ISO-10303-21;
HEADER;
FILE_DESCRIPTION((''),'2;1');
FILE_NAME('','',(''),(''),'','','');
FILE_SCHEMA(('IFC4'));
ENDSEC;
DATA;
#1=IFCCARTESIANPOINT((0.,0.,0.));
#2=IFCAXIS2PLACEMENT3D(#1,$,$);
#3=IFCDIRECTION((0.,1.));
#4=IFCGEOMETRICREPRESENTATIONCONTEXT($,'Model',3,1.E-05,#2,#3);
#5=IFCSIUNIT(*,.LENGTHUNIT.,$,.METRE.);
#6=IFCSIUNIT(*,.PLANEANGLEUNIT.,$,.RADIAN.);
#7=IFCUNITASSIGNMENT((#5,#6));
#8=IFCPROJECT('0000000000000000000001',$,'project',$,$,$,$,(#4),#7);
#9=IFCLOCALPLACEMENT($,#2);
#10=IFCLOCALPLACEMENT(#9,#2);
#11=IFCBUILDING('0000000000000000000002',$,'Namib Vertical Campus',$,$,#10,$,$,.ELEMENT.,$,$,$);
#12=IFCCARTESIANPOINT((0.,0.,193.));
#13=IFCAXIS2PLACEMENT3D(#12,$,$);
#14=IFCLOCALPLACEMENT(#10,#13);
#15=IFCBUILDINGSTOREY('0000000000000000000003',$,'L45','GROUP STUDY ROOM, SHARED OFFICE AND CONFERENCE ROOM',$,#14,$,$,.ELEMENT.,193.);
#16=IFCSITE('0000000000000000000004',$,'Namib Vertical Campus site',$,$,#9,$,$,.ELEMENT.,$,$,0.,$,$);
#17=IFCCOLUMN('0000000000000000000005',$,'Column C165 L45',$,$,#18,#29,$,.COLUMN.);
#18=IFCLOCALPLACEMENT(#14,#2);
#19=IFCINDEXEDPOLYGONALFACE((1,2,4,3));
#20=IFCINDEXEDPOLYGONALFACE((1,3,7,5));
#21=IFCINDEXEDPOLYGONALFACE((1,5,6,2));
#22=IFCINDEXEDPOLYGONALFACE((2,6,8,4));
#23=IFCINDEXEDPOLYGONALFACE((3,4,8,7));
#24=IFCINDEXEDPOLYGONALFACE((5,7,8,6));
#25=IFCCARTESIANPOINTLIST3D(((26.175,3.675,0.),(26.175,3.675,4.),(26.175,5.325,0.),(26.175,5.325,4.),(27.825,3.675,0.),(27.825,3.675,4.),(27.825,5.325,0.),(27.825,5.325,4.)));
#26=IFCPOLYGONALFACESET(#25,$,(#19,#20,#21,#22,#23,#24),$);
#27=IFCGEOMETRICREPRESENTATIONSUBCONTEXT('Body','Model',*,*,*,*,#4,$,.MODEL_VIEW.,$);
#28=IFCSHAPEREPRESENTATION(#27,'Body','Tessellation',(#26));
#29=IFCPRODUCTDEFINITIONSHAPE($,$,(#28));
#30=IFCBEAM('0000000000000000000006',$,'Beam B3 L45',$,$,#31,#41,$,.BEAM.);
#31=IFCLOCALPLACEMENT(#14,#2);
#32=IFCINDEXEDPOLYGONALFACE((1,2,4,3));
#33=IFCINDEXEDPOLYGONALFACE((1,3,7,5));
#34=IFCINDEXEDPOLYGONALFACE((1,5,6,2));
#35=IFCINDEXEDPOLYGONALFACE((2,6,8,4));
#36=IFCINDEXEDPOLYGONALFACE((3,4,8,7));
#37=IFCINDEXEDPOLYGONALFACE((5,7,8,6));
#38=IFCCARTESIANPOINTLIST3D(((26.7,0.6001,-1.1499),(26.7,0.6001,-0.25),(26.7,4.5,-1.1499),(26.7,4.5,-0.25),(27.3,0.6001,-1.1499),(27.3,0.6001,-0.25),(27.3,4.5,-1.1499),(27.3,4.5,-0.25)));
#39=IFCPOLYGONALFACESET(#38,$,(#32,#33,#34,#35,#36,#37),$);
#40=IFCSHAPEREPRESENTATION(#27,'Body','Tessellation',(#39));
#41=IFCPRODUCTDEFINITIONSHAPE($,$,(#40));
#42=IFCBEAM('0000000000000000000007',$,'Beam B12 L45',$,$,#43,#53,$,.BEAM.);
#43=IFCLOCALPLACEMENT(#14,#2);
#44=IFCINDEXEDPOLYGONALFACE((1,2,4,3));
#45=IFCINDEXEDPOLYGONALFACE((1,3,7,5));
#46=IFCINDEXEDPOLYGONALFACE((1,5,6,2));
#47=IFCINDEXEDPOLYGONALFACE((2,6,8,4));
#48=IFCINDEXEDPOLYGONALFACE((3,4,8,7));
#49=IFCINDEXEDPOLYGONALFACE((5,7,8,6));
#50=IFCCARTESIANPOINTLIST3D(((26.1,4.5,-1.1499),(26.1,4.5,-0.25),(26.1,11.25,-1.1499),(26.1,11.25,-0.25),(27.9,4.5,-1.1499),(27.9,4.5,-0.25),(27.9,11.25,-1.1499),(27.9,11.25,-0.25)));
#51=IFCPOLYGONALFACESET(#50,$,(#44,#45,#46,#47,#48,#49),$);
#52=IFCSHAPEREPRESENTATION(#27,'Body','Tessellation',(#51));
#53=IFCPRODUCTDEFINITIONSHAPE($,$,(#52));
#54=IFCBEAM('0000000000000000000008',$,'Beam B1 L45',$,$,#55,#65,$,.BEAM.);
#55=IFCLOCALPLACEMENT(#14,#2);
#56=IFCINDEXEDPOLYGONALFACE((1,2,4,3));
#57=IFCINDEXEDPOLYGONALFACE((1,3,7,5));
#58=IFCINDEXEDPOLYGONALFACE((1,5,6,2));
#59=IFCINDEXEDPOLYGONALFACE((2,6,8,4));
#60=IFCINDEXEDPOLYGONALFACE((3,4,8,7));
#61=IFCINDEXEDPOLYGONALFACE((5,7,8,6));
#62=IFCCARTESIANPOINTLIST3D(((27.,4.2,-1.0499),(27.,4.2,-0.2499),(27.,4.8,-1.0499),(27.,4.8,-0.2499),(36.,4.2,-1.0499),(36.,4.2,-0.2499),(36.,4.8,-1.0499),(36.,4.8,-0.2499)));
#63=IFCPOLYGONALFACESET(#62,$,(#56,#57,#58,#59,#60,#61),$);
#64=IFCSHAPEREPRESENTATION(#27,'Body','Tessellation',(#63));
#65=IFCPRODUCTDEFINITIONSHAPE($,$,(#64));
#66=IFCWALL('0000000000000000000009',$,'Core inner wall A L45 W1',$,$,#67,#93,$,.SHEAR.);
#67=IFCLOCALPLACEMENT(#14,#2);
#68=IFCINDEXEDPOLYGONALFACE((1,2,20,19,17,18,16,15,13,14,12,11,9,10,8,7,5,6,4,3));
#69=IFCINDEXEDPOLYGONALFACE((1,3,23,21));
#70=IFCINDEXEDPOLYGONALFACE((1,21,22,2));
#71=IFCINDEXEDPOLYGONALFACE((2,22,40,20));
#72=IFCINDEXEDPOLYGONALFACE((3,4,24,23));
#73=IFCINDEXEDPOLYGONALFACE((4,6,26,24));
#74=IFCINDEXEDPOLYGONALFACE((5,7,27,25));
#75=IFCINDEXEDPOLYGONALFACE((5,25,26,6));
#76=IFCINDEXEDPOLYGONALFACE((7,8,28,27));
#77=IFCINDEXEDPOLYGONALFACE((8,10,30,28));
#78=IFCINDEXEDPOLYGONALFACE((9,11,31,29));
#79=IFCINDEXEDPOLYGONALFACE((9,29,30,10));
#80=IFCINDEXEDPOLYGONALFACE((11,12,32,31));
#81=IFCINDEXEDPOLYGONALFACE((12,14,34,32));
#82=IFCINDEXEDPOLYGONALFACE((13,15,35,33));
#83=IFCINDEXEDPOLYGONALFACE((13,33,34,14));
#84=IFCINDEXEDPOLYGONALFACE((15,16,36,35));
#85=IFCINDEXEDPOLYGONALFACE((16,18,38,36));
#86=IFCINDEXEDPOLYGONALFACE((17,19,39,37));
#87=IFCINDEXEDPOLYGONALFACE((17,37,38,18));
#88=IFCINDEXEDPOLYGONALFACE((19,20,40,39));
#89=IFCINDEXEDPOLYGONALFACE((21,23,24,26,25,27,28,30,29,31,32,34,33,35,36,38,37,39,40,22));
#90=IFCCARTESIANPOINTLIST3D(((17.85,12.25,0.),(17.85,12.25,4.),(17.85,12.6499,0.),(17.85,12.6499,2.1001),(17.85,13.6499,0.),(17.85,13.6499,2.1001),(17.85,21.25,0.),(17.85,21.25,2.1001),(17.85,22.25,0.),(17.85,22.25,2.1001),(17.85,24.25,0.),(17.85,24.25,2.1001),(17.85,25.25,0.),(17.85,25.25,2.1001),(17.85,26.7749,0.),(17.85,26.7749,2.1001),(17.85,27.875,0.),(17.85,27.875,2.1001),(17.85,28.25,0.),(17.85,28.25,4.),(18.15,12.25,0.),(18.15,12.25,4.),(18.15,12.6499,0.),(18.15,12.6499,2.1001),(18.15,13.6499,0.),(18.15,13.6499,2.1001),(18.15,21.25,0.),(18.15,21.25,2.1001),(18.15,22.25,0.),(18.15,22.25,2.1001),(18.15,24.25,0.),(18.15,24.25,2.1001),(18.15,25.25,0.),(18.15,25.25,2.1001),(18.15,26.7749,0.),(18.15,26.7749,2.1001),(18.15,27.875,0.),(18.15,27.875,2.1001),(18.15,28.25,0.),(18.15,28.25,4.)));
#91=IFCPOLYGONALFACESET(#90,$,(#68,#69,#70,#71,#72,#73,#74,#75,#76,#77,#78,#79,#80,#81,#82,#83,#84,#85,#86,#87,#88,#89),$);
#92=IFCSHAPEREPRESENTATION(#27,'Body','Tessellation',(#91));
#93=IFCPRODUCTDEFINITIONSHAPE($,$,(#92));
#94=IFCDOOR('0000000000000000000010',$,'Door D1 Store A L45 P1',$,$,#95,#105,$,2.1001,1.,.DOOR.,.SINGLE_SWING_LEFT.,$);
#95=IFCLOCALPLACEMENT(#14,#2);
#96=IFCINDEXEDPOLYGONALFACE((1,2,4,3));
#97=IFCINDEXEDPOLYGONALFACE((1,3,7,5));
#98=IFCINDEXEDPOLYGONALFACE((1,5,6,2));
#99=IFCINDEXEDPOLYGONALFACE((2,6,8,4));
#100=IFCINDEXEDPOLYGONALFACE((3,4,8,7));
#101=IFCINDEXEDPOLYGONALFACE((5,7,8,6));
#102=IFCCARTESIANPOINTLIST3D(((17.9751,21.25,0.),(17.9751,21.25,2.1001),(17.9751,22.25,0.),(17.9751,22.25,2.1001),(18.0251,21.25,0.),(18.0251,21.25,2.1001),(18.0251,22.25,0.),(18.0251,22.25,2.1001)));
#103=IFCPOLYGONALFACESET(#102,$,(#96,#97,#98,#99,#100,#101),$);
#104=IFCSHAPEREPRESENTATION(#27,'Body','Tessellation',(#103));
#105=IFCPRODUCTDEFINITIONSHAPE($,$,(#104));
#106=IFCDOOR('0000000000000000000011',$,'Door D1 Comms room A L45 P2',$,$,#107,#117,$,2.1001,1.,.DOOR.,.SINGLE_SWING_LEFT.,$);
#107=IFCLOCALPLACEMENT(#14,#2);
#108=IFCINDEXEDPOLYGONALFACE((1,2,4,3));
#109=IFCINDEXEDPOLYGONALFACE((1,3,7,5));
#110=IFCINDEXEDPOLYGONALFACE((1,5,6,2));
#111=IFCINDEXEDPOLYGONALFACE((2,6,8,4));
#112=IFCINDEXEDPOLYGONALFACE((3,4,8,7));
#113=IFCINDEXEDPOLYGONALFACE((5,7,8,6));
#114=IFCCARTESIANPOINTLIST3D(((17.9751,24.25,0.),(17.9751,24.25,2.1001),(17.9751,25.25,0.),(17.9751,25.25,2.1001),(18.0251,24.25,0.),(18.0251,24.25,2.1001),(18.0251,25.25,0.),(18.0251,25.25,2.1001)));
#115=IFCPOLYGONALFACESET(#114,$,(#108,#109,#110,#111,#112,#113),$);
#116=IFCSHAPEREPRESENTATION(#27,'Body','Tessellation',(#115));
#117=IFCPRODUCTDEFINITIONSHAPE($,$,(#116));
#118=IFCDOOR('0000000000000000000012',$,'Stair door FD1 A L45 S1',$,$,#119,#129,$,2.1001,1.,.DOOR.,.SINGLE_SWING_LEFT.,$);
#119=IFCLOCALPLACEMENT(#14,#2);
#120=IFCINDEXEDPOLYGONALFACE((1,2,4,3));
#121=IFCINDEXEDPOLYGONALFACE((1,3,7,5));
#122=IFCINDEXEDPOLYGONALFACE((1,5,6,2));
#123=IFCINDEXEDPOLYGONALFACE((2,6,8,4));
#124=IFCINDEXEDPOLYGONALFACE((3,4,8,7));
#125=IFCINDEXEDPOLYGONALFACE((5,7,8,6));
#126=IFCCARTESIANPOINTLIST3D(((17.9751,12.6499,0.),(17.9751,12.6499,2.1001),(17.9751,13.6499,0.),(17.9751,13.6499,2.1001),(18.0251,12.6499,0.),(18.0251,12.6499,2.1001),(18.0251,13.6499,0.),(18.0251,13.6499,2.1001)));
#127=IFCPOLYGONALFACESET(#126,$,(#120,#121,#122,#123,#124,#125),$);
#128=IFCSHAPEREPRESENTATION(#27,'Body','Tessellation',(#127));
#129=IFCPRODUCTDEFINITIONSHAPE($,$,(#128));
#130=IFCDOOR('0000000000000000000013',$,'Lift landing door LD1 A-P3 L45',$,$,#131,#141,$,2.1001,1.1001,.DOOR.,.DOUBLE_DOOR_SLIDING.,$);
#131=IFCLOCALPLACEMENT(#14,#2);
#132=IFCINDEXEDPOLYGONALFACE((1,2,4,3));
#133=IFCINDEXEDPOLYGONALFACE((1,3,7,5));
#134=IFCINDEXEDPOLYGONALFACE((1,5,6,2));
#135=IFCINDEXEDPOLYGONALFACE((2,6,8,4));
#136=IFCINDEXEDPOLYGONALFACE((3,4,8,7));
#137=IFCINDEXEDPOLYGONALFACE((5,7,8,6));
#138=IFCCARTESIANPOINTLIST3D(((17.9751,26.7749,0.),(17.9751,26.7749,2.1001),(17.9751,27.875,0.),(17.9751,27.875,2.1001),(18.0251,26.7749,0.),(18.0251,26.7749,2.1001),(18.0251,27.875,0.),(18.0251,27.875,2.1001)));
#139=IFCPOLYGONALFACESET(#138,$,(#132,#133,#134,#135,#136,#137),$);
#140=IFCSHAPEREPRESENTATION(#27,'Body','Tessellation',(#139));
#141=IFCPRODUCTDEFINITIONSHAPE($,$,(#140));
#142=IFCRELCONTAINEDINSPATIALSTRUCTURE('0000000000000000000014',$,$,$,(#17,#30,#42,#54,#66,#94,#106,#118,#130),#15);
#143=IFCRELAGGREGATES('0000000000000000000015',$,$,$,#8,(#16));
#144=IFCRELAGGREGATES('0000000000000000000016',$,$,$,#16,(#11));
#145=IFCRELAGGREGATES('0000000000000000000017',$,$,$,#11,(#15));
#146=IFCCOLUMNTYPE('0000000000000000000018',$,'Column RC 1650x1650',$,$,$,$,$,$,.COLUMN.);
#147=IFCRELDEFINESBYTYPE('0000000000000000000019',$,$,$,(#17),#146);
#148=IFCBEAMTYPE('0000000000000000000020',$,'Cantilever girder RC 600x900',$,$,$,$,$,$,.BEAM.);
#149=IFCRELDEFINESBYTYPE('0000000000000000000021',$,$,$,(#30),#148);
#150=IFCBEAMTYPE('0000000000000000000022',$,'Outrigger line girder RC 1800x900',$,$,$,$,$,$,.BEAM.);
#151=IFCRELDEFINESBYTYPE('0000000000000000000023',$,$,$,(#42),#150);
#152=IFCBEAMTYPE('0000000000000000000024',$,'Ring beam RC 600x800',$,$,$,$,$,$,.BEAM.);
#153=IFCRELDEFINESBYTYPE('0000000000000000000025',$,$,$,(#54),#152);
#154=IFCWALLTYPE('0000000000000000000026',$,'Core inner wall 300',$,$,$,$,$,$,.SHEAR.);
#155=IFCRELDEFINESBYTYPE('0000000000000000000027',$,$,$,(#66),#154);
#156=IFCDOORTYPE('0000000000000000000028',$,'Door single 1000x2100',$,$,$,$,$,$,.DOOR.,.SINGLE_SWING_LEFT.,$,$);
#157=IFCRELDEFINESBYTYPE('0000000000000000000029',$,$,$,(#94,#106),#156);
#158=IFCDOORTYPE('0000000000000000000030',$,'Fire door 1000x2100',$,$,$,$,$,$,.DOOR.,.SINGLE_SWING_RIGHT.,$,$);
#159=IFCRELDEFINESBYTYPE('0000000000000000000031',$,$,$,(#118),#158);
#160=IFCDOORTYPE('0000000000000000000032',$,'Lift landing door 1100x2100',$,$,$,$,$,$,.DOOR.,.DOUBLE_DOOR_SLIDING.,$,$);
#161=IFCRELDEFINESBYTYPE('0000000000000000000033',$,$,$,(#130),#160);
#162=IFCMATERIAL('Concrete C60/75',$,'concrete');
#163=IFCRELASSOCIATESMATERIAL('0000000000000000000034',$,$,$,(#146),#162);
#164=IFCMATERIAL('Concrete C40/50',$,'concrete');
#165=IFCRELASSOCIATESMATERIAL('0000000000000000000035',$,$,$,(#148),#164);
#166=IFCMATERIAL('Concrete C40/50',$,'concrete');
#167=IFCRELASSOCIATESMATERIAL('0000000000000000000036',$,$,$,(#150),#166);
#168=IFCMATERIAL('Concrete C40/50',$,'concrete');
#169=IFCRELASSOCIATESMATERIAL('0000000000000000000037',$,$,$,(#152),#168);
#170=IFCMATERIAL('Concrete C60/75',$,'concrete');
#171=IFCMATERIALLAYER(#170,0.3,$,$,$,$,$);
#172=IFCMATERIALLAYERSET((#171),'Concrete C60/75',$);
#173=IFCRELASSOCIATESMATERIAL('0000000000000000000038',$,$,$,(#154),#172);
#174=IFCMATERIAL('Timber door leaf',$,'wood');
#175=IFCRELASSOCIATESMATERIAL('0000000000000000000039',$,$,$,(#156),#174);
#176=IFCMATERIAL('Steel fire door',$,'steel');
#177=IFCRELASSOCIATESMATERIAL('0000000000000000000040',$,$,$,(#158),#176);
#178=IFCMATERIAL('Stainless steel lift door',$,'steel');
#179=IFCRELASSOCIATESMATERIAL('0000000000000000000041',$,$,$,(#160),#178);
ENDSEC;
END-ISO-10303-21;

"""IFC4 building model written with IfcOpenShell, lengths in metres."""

from ifc_helpers import new_model, si_unit, direction, frame, frame_2d, origin, origin_2d, place, context, subcontext, project, spatial, rectangle, extrude, material, layer, layer_set, material_profile, profile_set, type_object, element, fill, save


model = new_model("IFC4")

# Units and contexts
model_context = context("Model", 3, precision=1e-05, world=origin(), true_north=direction((0.0, 1.0)))
body_context = subcontext(model_context, "Body", "Model", "MODEL_VIEW")
ifc_project = project(units=[si_unit("LENGTHUNIT", "METRE"), si_unit("PLANEANGLEUNIT", "RADIAN")], contexts=[model_context])

# Site, building, storey
site_placement = place(None, origin())
site = spatial("IfcSite", under=ifc_project, at=site_placement, Name="Namib Vertical Campus site", CompositionType="ELEMENT", RefElevation=0.0)
building_placement = place(site_placement, origin())
building = spatial("IfcBuilding", under=site, at=building_placement, Name="Namib Vertical Campus", CompositionType="ELEMENT")
storey_placement = place(building_placement, frame((0.0, 0.0, 193.0)))
storey = spatial("IfcBuildingStorey", under=building, at=storey_placement, Name="L45", Description="GROUP STUDY ROOM, SHARED OFFICE AND CONFERENCE ROOM", CompositionType="ELEMENT", Elevation=193.0)

# Column
ifc_material_1 = material(Name="Concrete C60/75", Category="concrete")
ifc_material_profile_1 = material_profile(ifc_material_1, rectangle(XDim=1.6499, YDim=1.6499, at=origin_2d()))
ifc_profile_set_1 = profile_set([ifc_material_profile_1], Name="Concrete C60/75")
column_type = type_object("IfcColumnType", Name="Column RC 1650x1650", PredefinedType="COLUMN", material=ifc_profile_set_1)
column_placement = place(storey_placement, frame((27.0, 4.5, 0.0), z_axis=(0.0, 0.0, 1.0), x_axis=(1.0, 0.0, 0.0)))
element("IfcColumn", 1, at=column_placement, inside=storey, type_object=column_type, Name="Column C165 L45", PredefinedType="COLUMN", context=body_context, shape_type="SweptSolid", body=[
    extrude(rectangle(XDim=1.6499, YDim=1.6499, at=origin_2d()), origin(), (0.0, 0.0, 1.0), 4.0),
])

# Beams
ifc_material_2 = material(Name="Concrete C40/50", Category="concrete")
ifc_material_profile_2 = material_profile(ifc_material_2, rectangle(XDim=0.6001, YDim=0.8999, at=origin_2d()))
ifc_profile_set_2 = profile_set([ifc_material_profile_2], Name="Concrete C40/50")
beam_type_1 = type_object("IfcBeamType", Name="Cantilever girder RC 600x900", PredefinedType="BEAM", material=ifc_profile_set_2)
beam_1_placement = place(storey_placement, frame((27.0, 4.5, -0.7), z_axis=(0.0, -1.0, 0.0), x_axis=(1.0, 0.0, 0.0)))
element("IfcBeam", 2, at=beam_1_placement, inside=storey, type_object=beam_type_1, Name="Beam B3 L45", PredefinedType="BEAM", context=body_context, shape_type="SweptSolid", body=[
    extrude(rectangle(XDim=0.6001, YDim=0.8999, at=origin_2d()), origin(), (0.0, 0.0, 1.0), 3.8999),
])
ifc_material_3 = material(Name="Concrete C40/50", Category="concrete")
ifc_material_profile_3 = material_profile(ifc_material_3, rectangle(XDim=1.8, YDim=0.8999, at=origin_2d()))
ifc_profile_set_3 = profile_set([ifc_material_profile_3], Name="Concrete C40/50")
beam_type_2 = type_object("IfcBeamType", Name="Outrigger line girder RC 1800x900", PredefinedType="BEAM", material=ifc_profile_set_3)
beam_2_placement = place(storey_placement, frame((27.0, 4.5, -0.7), z_axis=(0.0, 1.0, 0.0), x_axis=(-1.0, 0.0, 0.0)))
element("IfcBeam", 3, at=beam_2_placement, inside=storey, type_object=beam_type_2, Name="Beam B12 L45", PredefinedType="BEAM", context=body_context, shape_type="SweptSolid", body=[
    extrude(rectangle(XDim=1.8, YDim=0.8999, at=origin_2d()), origin(), (0.0, 0.0, 1.0), 6.75),
])
ifc_material_4 = material(Name="Concrete C40/50", Category="concrete")
ifc_material_profile_4 = material_profile(ifc_material_4, rectangle(XDim=0.6001, YDim=0.8, at=origin_2d()))
ifc_profile_set_4 = profile_set([ifc_material_profile_4], Name="Concrete C40/50")
beam_type_3 = type_object("IfcBeamType", Name="Ring beam RC 600x800", PredefinedType="BEAM", material=ifc_profile_set_4)
beam_3_placement = place(storey_placement, frame((27.0, 4.5, -0.6499), z_axis=(1.0, 0.0, 0.0), x_axis=(0.0, 1.0, 0.0)))
element("IfcBeam", 4, at=beam_3_placement, inside=storey, type_object=beam_type_3, Name="Beam B1 L45", PredefinedType="BEAM", context=body_context, shape_type="SweptSolid", body=[
    extrude(rectangle(XDim=0.6001, YDim=0.8, at=origin_2d()), origin(), (0.0, 0.0, 1.0), 9.0),
])

# Wall, openings, doors
ifc_material_5 = material(Name="Concrete C60/75", Category="concrete")
ifc_layer_1 = layer(ifc_material_5, 0.3)
ifc_layer_set_1 = layer_set([ifc_layer_1], Name="Concrete C60/75")
wall_type_1 = type_object("IfcWallType", Name="Core inner wall 300", PredefinedType="SHEAR", material=ifc_layer_set_1)
wall_1_placement = place(storey_placement, frame((18.0, 12.25, 0.0), z_axis=(0.0, 0.0, 1.0), x_axis=(0.0, 1.0, 0.0)))
wall_1 = element("IfcWall", 5, at=wall_1_placement, inside=storey, type_object=wall_type_1, Name="Core inner wall A L45 W1", PredefinedType="SHEAR", context=body_context, shape_type="SweptSolid", body=[
    extrude(rectangle(XDim=16.0, YDim=0.3, at=frame_2d((8.0, 0.0))), origin(), (0.0, 0.0, 1.0), 4.0),
])
opening_1_placement = place(wall_1_placement, frame((0.3999, 0.0, 0.0)))
opening_1 = element("IfcOpeningElement", 6, at=opening_1_placement, cuts=wall_1, PredefinedType="OPENING", context=body_context, shape_type="SweptSolid", body=[
    extrude(rectangle(XDim=1.0, YDim=2.1001, at=frame_2d((0.5, 1.05))), frame((0.0, 0.1599, 0.0), z_axis=(0.0, -1.0, 0.0), x_axis=(1.0, 0.0, 0.0)), (0.0, 0.0, 1.0), 0.3201),
])
opening_2_placement = place(wall_1_placement, frame((14.5249, 0.0, 0.0)))
opening_2 = element("IfcOpeningElement", 7, at=opening_2_placement, cuts=wall_1, PredefinedType="OPENING", context=body_context, shape_type="SweptSolid", body=[
    extrude(rectangle(XDim=1.1001, YDim=2.1001, at=frame_2d((0.55, 1.05))), frame((0.0, 0.1599, 0.0), z_axis=(0.0, -1.0, 0.0), x_axis=(1.0, 0.0, 0.0)), (0.0, 0.0, 1.0), 0.3201),
])
opening_3_placement = place(wall_1_placement, frame((9.0, 0.0, 0.0)))
opening_3 = element("IfcOpeningElement", 8, at=opening_3_placement, cuts=wall_1, PredefinedType="OPENING", context=body_context, shape_type="SweptSolid", body=[
    extrude(rectangle(XDim=1.0, YDim=2.1001, at=frame_2d((0.5, 1.05))), frame((0.0, 0.1599, 0.0), z_axis=(0.0, -1.0, 0.0), x_axis=(1.0, 0.0, 0.0)), (0.0, 0.0, 1.0), 0.3201),
])
opening_4_placement = place(wall_1_placement, frame((12.0, 0.0, 0.0)))
opening_4 = element("IfcOpeningElement", 9, at=opening_4_placement, cuts=wall_1, PredefinedType="OPENING", context=body_context, shape_type="SweptSolid", body=[
    extrude(rectangle(XDim=1.0, YDim=2.1001, at=frame_2d((0.5, 1.05))), frame((0.0, 0.1599, 0.0), z_axis=(0.0, -1.0, 0.0), x_axis=(1.0, 0.0, 0.0)), (0.0, 0.0, 1.0), 0.3201),
])
ifc_material_6 = material(Name="Timber door leaf", Category="wood")
door_type_1 = type_object("IfcDoorType", Name="Door single 1000x2100", OperationType="SINGLE_SWING_LEFT", PredefinedType="DOOR", material=ifc_material_6)
door_1_placement = place(opening_3_placement, origin())
door_1 = element("IfcDoor", 10, at=door_1_placement, inside=storey, type_object=door_type_1, Name="Door D1 Store A L45 P1", OperationType="SINGLE_SWING_LEFT", OverallHeight=2.1001, OverallWidth=1.0, PredefinedType="DOOR", context=body_context, shape_type="SweptSolid", body=[
    extrude(rectangle(XDim=1.0, YDim=2.1001, at=frame_2d((0.5, 1.05))), frame((0.0, 0.0249, 0.0), z_axis=(0.0, -1.0, 0.0), x_axis=(1.0, 0.0, 0.0)), (0.0, 0.0, 1.0), 0.05),
])
fill(opening_3, door_1)
door_2_placement = place(opening_4_placement, origin())
door_2 = element("IfcDoor", 11, at=door_2_placement, inside=storey, type_object=door_type_1, Name="Door D1 Comms room A L45 P2", OperationType="SINGLE_SWING_LEFT", OverallHeight=2.1001, OverallWidth=1.0, PredefinedType="DOOR", context=body_context, shape_type="SweptSolid", body=[
    extrude(rectangle(XDim=1.0, YDim=2.1001, at=frame_2d((0.5, 1.05))), frame((0.0, 0.0249, 0.0), z_axis=(0.0, -1.0, 0.0), x_axis=(1.0, 0.0, 0.0)), (0.0, 0.0, 1.0), 0.05),
])
fill(opening_4, door_2)
ifc_material_7 = material(Name="Steel fire door", Category="steel")
door_type_2 = type_object("IfcDoorType", Name="Fire door 1000x2100", OperationType="SINGLE_SWING_RIGHT", PredefinedType="DOOR", material=ifc_material_7)
door_3_placement = place(opening_1_placement, origin())
door_3 = element("IfcDoor", 12, at=door_3_placement, inside=storey, type_object=door_type_2, Name="Stair door FD1 A L45 S1", OperationType="SINGLE_SWING_LEFT", OverallHeight=2.1001, OverallWidth=1.0, PredefinedType="DOOR", context=body_context, shape_type="SweptSolid", body=[
    extrude(rectangle(XDim=1.0, YDim=2.1001, at=frame_2d((0.5, 1.05))), frame((0.0, 0.0249, 0.0), z_axis=(0.0, -1.0, 0.0), x_axis=(1.0, 0.0, 0.0)), (0.0, 0.0, 1.0), 0.05),
])
fill(opening_1, door_3)
ifc_material_8 = material(Name="Stainless steel lift door", Category="steel")
door_type_3 = type_object("IfcDoorType", Name="Lift landing door 1100x2100", OperationType="DOUBLE_DOOR_SLIDING", PredefinedType="DOOR", material=ifc_material_8)
door_4_placement = place(opening_2_placement, origin())
door_4 = element("IfcDoor", 13, at=door_4_placement, inside=storey, type_object=door_type_3, Name="Lift landing door LD1 A-P3 L45", OperationType="DOUBLE_DOOR_SLIDING", OverallHeight=2.1001, OverallWidth=1.1001, PredefinedType="DOOR", context=body_context, shape_type="SweptSolid", body=[
    extrude(rectangle(XDim=1.1001, YDim=2.1001, at=frame_2d((0.55, 1.05))), frame((0.0, 0.0249, 0.0), z_axis=(0.0, -1.0, 0.0), x_axis=(1.0, 0.0, 0.0)), (0.0, 0.0, 1.0), 0.05),
])
fill(opening_2, door_4)

save(model, "model.ifc")
